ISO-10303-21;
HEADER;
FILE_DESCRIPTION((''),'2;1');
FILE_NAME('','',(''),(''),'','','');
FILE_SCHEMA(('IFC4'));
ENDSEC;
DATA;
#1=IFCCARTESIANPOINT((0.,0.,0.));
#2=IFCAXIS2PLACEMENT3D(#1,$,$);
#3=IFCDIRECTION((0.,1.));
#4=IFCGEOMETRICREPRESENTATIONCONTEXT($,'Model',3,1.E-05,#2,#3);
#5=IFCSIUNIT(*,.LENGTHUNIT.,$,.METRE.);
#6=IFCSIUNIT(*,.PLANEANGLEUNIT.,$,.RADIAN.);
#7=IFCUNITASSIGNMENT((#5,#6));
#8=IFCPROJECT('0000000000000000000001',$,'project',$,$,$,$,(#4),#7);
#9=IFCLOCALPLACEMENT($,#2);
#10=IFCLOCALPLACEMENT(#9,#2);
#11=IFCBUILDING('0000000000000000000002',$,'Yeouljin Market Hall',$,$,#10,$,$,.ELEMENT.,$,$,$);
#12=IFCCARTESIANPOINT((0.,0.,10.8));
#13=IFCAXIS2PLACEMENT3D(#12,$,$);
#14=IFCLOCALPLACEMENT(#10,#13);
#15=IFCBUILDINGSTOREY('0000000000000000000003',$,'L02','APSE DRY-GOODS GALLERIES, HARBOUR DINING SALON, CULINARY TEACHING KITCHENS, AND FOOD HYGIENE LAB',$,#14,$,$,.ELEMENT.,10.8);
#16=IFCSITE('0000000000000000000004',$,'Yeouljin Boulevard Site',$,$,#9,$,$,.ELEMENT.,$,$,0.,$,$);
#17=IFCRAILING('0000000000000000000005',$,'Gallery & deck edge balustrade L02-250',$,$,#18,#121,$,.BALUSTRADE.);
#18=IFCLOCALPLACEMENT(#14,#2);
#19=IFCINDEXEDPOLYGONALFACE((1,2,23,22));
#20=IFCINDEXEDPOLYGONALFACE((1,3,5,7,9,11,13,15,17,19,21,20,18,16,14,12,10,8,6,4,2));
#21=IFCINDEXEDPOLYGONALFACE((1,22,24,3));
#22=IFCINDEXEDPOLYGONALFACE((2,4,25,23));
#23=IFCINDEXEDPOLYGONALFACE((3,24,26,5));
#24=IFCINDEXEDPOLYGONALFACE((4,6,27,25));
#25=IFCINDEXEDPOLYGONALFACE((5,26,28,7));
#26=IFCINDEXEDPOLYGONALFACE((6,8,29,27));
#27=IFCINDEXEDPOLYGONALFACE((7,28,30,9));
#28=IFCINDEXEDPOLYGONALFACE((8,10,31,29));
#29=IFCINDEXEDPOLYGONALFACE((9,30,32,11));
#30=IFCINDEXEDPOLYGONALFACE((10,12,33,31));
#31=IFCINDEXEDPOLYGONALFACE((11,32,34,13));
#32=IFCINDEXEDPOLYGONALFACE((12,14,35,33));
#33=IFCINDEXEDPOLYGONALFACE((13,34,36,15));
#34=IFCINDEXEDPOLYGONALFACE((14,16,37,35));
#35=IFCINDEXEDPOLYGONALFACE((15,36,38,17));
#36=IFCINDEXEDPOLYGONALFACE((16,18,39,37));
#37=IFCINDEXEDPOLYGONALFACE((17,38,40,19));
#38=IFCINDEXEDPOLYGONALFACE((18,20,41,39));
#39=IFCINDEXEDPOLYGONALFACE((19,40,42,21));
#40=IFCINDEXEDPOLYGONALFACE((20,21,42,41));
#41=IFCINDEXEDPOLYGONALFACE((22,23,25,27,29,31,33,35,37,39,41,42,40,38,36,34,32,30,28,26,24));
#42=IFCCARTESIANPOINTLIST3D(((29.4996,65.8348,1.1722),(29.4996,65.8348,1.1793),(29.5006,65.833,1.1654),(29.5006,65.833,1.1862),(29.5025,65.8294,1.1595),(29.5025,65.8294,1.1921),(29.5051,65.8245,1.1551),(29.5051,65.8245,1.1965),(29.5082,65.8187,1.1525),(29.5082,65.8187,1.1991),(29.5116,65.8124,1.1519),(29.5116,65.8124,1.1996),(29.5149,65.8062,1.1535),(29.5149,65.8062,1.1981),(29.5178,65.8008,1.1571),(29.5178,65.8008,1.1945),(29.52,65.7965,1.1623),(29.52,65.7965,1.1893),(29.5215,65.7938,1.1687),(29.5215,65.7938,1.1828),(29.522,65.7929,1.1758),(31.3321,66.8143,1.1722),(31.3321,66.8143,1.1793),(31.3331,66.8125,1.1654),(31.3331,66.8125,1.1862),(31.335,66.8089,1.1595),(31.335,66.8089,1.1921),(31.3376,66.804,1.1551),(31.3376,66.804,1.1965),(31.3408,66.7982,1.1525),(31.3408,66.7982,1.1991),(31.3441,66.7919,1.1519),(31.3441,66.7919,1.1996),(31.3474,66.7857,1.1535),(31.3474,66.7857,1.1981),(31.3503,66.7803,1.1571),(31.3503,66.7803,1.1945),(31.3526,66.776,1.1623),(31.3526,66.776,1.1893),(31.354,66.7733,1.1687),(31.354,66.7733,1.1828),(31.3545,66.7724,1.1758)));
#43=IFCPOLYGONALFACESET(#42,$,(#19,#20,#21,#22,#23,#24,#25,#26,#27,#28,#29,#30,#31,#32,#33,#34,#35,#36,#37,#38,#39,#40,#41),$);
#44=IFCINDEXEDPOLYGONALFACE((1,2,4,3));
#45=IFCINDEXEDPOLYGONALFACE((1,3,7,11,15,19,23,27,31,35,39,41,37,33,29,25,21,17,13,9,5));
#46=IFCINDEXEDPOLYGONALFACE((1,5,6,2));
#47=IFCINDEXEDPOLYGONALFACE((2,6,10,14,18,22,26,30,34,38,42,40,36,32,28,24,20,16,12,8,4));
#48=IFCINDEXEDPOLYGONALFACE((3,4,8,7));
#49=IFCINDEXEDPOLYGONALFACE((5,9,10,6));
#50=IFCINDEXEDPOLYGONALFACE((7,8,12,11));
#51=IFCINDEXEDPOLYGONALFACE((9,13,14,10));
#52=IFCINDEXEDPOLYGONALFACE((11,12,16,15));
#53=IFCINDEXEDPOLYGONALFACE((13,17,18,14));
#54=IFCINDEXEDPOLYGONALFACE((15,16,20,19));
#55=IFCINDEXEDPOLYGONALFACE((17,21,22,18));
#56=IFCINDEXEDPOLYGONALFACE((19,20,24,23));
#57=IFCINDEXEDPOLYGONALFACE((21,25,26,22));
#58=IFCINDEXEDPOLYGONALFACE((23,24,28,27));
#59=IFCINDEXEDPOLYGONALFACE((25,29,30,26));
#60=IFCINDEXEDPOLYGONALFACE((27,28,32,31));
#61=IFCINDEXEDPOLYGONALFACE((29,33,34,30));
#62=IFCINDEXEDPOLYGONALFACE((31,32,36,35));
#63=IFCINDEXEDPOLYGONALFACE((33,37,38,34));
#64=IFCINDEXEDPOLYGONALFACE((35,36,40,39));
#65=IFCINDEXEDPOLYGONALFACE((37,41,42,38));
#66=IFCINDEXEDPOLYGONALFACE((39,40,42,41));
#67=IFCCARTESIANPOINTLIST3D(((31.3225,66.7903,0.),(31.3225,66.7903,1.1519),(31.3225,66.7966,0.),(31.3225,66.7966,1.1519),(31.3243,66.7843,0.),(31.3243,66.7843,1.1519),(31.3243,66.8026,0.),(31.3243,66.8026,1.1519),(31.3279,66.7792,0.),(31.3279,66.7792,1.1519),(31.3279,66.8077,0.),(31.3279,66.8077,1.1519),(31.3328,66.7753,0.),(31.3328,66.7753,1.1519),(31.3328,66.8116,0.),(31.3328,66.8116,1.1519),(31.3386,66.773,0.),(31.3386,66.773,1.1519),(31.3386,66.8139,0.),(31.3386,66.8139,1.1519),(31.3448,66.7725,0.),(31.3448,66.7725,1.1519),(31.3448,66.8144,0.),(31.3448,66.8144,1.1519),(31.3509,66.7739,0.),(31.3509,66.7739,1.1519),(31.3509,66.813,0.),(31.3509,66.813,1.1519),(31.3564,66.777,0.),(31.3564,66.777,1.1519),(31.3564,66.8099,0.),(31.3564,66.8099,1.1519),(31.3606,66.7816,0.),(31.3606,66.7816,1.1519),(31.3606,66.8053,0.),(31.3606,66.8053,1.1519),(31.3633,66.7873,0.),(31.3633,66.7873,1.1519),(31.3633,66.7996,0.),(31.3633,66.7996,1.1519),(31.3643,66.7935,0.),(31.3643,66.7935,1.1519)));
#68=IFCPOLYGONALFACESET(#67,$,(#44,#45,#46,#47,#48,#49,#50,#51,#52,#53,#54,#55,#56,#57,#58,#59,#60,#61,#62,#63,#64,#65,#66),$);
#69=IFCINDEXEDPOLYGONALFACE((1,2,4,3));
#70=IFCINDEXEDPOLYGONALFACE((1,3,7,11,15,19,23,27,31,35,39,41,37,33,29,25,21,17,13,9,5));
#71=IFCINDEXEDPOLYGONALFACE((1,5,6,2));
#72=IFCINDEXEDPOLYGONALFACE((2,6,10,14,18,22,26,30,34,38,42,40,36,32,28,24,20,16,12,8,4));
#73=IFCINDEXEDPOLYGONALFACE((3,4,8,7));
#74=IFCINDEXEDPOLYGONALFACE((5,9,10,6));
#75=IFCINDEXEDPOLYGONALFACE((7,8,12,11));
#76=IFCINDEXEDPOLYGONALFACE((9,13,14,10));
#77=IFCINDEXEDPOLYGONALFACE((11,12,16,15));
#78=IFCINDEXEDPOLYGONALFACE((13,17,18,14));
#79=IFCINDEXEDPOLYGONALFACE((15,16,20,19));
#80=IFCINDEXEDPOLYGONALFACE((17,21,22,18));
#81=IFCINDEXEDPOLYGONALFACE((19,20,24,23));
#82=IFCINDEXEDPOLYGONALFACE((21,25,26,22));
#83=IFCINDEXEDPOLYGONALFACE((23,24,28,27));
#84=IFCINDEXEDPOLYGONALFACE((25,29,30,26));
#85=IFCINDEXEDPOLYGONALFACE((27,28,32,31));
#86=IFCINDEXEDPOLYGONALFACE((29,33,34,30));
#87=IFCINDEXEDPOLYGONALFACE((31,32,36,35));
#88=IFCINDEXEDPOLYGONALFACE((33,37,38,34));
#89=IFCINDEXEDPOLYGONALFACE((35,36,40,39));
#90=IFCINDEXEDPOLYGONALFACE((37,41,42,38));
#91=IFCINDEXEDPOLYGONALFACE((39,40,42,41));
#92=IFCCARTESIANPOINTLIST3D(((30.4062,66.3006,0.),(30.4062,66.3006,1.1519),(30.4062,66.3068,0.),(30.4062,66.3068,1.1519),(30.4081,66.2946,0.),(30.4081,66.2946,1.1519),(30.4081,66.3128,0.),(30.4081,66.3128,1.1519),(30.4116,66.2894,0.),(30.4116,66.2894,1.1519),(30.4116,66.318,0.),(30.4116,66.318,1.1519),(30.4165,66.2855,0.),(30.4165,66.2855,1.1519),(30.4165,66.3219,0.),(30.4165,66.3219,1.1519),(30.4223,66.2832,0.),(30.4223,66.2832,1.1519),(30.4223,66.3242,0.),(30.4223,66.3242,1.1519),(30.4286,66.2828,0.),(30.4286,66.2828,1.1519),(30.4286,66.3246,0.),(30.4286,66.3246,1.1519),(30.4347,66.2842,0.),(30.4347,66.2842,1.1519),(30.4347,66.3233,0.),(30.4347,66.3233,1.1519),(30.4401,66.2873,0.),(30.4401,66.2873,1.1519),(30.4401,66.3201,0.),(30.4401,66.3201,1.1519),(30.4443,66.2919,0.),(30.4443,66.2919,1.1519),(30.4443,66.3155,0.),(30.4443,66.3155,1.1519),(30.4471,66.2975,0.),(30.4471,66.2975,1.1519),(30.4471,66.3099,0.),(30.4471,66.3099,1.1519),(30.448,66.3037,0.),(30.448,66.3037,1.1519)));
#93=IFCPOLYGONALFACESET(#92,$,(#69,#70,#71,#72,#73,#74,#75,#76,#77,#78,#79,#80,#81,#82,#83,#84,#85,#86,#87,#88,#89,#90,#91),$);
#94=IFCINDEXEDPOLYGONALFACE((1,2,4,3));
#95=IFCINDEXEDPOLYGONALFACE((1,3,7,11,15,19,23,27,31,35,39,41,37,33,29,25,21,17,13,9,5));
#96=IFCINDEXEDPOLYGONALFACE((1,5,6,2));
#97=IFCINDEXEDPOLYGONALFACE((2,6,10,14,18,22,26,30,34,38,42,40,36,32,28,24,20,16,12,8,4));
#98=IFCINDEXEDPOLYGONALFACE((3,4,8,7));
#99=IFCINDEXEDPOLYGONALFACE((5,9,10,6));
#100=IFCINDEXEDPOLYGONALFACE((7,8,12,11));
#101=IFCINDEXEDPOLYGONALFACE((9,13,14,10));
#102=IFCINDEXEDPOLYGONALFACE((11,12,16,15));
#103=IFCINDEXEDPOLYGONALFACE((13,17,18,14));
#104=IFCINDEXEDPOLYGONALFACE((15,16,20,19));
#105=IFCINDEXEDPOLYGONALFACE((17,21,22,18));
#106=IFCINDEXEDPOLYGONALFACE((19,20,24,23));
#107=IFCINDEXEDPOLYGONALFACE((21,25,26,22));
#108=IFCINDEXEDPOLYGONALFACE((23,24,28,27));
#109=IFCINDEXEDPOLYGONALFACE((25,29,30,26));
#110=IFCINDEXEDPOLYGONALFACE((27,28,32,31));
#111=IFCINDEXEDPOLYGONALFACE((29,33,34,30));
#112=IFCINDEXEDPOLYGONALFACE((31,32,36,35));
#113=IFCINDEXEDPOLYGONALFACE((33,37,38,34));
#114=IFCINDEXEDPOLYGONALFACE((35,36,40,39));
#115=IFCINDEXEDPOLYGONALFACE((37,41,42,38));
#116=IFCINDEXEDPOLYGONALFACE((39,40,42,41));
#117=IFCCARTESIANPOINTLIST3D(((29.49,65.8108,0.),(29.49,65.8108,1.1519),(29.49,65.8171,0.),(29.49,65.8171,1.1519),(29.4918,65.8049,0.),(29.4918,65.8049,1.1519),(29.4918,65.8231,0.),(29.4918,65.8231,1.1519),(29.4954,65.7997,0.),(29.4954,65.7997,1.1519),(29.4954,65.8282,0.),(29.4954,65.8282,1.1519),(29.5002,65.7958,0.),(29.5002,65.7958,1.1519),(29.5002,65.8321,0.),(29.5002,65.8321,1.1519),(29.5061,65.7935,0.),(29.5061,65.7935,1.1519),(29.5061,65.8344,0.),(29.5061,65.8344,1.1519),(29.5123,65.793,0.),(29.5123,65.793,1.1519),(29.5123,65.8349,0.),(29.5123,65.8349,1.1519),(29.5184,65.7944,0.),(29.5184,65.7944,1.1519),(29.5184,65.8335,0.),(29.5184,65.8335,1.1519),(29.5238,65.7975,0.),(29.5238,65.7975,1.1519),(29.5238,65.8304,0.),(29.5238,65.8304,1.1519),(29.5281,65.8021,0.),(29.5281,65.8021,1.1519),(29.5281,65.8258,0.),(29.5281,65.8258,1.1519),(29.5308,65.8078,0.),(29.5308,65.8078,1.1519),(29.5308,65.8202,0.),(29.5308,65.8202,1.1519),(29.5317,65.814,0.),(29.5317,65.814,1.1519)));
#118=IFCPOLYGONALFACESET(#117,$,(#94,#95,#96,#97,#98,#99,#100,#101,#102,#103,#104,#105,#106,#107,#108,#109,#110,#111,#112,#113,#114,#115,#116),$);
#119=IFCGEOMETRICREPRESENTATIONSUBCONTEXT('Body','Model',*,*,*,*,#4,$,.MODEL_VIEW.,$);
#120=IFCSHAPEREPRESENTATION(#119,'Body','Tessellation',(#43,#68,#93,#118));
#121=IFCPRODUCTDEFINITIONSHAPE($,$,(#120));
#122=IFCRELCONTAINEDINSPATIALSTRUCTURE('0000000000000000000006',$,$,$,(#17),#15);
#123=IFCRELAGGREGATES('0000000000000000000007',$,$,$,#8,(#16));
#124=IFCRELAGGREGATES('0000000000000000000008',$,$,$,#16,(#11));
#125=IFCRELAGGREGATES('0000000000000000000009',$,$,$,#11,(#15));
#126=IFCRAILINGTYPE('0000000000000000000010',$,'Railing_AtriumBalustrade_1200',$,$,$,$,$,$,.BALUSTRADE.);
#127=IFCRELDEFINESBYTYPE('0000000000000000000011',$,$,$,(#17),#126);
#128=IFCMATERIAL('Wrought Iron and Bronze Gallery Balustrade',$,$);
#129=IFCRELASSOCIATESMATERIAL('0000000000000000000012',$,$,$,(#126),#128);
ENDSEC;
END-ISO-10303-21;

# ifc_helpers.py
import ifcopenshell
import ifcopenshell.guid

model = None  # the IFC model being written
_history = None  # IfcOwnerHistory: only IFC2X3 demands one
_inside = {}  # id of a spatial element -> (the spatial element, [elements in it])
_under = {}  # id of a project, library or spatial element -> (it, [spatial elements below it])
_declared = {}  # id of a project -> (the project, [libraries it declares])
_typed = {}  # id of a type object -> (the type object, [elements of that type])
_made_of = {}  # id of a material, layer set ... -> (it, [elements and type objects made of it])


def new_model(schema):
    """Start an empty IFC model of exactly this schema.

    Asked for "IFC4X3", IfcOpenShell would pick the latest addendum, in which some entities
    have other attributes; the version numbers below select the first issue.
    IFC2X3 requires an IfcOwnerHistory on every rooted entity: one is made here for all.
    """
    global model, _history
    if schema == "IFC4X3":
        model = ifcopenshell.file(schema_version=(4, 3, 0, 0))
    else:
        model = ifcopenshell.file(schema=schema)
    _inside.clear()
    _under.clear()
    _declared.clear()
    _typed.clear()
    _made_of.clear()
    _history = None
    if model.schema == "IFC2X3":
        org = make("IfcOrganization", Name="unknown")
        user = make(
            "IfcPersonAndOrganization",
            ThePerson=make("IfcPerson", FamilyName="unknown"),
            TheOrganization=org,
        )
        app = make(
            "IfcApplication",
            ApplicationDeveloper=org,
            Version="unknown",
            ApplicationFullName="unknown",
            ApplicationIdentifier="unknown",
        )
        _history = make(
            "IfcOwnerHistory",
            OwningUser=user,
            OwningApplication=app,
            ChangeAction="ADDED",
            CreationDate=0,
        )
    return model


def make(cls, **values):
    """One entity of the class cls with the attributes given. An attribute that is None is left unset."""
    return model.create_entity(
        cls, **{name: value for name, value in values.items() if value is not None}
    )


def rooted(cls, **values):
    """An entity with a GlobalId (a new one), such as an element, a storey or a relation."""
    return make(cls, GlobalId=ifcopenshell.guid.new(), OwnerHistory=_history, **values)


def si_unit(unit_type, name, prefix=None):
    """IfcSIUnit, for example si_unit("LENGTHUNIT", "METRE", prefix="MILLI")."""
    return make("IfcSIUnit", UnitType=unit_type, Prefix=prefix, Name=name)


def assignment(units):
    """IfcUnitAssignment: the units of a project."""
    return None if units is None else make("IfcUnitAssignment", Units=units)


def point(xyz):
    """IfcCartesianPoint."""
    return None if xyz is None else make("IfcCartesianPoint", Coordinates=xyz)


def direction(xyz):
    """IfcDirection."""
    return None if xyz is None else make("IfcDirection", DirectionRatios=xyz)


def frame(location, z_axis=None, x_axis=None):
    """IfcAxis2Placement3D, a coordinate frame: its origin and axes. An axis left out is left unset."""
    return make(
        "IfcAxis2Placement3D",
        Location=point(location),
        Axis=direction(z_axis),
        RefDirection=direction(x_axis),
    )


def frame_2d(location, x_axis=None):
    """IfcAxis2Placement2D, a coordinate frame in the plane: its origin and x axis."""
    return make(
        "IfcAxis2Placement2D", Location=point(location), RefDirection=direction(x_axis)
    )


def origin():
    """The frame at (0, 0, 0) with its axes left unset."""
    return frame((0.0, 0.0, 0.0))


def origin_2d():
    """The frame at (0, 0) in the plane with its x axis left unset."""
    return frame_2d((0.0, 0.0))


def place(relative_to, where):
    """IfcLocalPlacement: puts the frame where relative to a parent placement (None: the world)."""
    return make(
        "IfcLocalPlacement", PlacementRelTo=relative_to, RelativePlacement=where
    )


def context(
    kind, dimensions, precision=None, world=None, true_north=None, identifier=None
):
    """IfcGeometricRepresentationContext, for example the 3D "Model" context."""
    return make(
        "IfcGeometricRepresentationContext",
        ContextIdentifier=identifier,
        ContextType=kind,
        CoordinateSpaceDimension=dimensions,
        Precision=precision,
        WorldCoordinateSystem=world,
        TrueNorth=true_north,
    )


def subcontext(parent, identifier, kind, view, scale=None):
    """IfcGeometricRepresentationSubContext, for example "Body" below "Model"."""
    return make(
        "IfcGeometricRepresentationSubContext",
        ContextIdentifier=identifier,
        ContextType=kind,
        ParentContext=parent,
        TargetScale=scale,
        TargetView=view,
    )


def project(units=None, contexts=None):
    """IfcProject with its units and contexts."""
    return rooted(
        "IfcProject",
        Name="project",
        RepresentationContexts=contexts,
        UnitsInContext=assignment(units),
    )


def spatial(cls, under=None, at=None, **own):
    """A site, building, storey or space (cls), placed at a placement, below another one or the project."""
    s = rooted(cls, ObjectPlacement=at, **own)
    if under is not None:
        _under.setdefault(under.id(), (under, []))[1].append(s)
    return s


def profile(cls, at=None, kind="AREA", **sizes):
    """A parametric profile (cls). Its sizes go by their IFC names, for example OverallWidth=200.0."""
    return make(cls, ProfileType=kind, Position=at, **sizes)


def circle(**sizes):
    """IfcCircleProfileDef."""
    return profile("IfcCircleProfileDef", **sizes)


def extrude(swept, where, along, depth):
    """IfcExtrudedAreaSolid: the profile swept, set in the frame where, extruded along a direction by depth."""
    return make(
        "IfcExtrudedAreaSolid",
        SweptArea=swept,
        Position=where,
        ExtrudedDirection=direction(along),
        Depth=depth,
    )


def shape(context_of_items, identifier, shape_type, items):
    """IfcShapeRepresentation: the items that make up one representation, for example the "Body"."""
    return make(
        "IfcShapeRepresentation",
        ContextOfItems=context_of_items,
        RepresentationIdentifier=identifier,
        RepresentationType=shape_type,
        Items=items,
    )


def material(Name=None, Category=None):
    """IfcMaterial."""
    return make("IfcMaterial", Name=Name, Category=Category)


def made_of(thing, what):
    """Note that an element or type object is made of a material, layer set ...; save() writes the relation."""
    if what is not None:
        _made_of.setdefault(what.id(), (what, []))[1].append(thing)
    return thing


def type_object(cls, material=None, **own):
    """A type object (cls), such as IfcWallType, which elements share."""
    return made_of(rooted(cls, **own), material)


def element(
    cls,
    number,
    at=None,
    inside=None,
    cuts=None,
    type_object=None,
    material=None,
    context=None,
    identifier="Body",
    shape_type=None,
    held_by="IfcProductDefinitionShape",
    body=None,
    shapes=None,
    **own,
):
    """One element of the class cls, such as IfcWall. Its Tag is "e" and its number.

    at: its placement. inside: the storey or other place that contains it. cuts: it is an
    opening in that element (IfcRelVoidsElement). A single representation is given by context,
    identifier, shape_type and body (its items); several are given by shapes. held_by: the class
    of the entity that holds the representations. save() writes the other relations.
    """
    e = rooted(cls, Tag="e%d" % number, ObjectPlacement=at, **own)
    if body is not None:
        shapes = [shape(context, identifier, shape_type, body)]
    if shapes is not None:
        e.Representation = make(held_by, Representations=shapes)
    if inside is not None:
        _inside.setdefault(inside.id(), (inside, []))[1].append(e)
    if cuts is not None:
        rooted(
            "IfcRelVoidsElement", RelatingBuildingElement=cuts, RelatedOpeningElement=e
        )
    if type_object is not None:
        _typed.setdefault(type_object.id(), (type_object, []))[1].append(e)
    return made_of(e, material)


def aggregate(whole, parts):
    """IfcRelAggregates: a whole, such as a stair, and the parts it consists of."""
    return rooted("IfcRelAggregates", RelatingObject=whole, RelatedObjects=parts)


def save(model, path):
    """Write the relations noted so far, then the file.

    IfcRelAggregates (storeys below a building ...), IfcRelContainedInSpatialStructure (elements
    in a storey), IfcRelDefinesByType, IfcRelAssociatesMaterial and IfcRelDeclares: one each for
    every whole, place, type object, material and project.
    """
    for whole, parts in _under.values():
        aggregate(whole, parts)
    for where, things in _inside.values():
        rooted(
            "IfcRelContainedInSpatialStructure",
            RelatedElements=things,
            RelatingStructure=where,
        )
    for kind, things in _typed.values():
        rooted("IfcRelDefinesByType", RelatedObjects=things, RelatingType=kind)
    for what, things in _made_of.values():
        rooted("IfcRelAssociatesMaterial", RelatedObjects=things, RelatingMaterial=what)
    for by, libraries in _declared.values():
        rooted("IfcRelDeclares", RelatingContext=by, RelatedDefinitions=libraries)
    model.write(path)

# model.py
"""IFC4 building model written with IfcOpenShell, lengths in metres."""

from ifc_helpers import new_model, si_unit, direction, frame, origin, origin_2d, place, context, subcontext, project, spatial, circle, extrude, material, type_object, element, save


model = new_model("IFC4")

# Units and contexts
model_context = context("Model", 3, precision=1e-05, world=origin(), true_north=direction((0.0, 1.0)))
body_context = subcontext(model_context, "Body", "Model", "MODEL_VIEW")
ifc_project = project(units=[si_unit("LENGTHUNIT", "METRE"), si_unit("PLANEANGLEUNIT", "RADIAN")], contexts=[model_context])

# Site, building, storey
site_placement = place(None, origin())
site = spatial("IfcSite", under=ifc_project, at=site_placement, Name="Yeouljin Boulevard Site", CompositionType="ELEMENT", RefElevation=0.0)
building_placement = place(site_placement, origin())
building = spatial("IfcBuilding", under=site, at=building_placement, Name="Yeouljin Market Hall", CompositionType="ELEMENT")
storey_placement = place(building_placement, frame((0.0, 0.0, 10.8)))
storey = spatial("IfcBuildingStorey", under=building, at=storey_placement, Name="L02", Description="APSE DRY-GOODS GALLERIES, HARBOUR DINING SALON, CULINARY TEACHING KITCHENS, AND FOOD HYGIENE LAB", CompositionType="ELEMENT", Elevation=10.8)

# Railing
ifc_material_1 = material(Name="Wrought Iron and Bronze Gallery Balustrade")
railing_type = type_object("IfcRailingType", Name="Railing_AtriumBalustrade_1200", PredefinedType="BALUSTRADE", material=ifc_material_1)
railing_1_placement = place(storey_placement, frame((31.3433, 66.7935, 0.0)))
element("IfcRailing", 1, at=railing_1_placement, inside=storey, type_object=railing_type, Name="Gallery & deck edge balustrade L02-250", PredefinedType="BALUSTRADE", context=body_context, shape_type="SweptSolid", body=[
    extrude(circle(Radius=0.0239, at=origin_2d()), frame((0.0, 0.0, 1.1758), z_axis=(-0.881923, -0.471393, 0.0), x_axis=(0.471393, -0.881923, 0.0)), (0.0, 0.0, 1.0), 2.0779),
    extrude(circle(Radius=0.021, at=origin_2d()), origin(), (0.0, 0.0, 1.0), 1.1519),
    extrude(circle(Radius=0.021, at=origin_2d()), frame((-0.9163, -0.4897, 0.0)), (0.0, 0.0, 1.0), 1.1519),
    extrude(circle(Radius=0.021, at=origin_2d()), frame((-1.8325, -0.9795, 0.0)), (0.0, 0.0, 1.0), 1.1519),
])

save(model, "model.ifc")
